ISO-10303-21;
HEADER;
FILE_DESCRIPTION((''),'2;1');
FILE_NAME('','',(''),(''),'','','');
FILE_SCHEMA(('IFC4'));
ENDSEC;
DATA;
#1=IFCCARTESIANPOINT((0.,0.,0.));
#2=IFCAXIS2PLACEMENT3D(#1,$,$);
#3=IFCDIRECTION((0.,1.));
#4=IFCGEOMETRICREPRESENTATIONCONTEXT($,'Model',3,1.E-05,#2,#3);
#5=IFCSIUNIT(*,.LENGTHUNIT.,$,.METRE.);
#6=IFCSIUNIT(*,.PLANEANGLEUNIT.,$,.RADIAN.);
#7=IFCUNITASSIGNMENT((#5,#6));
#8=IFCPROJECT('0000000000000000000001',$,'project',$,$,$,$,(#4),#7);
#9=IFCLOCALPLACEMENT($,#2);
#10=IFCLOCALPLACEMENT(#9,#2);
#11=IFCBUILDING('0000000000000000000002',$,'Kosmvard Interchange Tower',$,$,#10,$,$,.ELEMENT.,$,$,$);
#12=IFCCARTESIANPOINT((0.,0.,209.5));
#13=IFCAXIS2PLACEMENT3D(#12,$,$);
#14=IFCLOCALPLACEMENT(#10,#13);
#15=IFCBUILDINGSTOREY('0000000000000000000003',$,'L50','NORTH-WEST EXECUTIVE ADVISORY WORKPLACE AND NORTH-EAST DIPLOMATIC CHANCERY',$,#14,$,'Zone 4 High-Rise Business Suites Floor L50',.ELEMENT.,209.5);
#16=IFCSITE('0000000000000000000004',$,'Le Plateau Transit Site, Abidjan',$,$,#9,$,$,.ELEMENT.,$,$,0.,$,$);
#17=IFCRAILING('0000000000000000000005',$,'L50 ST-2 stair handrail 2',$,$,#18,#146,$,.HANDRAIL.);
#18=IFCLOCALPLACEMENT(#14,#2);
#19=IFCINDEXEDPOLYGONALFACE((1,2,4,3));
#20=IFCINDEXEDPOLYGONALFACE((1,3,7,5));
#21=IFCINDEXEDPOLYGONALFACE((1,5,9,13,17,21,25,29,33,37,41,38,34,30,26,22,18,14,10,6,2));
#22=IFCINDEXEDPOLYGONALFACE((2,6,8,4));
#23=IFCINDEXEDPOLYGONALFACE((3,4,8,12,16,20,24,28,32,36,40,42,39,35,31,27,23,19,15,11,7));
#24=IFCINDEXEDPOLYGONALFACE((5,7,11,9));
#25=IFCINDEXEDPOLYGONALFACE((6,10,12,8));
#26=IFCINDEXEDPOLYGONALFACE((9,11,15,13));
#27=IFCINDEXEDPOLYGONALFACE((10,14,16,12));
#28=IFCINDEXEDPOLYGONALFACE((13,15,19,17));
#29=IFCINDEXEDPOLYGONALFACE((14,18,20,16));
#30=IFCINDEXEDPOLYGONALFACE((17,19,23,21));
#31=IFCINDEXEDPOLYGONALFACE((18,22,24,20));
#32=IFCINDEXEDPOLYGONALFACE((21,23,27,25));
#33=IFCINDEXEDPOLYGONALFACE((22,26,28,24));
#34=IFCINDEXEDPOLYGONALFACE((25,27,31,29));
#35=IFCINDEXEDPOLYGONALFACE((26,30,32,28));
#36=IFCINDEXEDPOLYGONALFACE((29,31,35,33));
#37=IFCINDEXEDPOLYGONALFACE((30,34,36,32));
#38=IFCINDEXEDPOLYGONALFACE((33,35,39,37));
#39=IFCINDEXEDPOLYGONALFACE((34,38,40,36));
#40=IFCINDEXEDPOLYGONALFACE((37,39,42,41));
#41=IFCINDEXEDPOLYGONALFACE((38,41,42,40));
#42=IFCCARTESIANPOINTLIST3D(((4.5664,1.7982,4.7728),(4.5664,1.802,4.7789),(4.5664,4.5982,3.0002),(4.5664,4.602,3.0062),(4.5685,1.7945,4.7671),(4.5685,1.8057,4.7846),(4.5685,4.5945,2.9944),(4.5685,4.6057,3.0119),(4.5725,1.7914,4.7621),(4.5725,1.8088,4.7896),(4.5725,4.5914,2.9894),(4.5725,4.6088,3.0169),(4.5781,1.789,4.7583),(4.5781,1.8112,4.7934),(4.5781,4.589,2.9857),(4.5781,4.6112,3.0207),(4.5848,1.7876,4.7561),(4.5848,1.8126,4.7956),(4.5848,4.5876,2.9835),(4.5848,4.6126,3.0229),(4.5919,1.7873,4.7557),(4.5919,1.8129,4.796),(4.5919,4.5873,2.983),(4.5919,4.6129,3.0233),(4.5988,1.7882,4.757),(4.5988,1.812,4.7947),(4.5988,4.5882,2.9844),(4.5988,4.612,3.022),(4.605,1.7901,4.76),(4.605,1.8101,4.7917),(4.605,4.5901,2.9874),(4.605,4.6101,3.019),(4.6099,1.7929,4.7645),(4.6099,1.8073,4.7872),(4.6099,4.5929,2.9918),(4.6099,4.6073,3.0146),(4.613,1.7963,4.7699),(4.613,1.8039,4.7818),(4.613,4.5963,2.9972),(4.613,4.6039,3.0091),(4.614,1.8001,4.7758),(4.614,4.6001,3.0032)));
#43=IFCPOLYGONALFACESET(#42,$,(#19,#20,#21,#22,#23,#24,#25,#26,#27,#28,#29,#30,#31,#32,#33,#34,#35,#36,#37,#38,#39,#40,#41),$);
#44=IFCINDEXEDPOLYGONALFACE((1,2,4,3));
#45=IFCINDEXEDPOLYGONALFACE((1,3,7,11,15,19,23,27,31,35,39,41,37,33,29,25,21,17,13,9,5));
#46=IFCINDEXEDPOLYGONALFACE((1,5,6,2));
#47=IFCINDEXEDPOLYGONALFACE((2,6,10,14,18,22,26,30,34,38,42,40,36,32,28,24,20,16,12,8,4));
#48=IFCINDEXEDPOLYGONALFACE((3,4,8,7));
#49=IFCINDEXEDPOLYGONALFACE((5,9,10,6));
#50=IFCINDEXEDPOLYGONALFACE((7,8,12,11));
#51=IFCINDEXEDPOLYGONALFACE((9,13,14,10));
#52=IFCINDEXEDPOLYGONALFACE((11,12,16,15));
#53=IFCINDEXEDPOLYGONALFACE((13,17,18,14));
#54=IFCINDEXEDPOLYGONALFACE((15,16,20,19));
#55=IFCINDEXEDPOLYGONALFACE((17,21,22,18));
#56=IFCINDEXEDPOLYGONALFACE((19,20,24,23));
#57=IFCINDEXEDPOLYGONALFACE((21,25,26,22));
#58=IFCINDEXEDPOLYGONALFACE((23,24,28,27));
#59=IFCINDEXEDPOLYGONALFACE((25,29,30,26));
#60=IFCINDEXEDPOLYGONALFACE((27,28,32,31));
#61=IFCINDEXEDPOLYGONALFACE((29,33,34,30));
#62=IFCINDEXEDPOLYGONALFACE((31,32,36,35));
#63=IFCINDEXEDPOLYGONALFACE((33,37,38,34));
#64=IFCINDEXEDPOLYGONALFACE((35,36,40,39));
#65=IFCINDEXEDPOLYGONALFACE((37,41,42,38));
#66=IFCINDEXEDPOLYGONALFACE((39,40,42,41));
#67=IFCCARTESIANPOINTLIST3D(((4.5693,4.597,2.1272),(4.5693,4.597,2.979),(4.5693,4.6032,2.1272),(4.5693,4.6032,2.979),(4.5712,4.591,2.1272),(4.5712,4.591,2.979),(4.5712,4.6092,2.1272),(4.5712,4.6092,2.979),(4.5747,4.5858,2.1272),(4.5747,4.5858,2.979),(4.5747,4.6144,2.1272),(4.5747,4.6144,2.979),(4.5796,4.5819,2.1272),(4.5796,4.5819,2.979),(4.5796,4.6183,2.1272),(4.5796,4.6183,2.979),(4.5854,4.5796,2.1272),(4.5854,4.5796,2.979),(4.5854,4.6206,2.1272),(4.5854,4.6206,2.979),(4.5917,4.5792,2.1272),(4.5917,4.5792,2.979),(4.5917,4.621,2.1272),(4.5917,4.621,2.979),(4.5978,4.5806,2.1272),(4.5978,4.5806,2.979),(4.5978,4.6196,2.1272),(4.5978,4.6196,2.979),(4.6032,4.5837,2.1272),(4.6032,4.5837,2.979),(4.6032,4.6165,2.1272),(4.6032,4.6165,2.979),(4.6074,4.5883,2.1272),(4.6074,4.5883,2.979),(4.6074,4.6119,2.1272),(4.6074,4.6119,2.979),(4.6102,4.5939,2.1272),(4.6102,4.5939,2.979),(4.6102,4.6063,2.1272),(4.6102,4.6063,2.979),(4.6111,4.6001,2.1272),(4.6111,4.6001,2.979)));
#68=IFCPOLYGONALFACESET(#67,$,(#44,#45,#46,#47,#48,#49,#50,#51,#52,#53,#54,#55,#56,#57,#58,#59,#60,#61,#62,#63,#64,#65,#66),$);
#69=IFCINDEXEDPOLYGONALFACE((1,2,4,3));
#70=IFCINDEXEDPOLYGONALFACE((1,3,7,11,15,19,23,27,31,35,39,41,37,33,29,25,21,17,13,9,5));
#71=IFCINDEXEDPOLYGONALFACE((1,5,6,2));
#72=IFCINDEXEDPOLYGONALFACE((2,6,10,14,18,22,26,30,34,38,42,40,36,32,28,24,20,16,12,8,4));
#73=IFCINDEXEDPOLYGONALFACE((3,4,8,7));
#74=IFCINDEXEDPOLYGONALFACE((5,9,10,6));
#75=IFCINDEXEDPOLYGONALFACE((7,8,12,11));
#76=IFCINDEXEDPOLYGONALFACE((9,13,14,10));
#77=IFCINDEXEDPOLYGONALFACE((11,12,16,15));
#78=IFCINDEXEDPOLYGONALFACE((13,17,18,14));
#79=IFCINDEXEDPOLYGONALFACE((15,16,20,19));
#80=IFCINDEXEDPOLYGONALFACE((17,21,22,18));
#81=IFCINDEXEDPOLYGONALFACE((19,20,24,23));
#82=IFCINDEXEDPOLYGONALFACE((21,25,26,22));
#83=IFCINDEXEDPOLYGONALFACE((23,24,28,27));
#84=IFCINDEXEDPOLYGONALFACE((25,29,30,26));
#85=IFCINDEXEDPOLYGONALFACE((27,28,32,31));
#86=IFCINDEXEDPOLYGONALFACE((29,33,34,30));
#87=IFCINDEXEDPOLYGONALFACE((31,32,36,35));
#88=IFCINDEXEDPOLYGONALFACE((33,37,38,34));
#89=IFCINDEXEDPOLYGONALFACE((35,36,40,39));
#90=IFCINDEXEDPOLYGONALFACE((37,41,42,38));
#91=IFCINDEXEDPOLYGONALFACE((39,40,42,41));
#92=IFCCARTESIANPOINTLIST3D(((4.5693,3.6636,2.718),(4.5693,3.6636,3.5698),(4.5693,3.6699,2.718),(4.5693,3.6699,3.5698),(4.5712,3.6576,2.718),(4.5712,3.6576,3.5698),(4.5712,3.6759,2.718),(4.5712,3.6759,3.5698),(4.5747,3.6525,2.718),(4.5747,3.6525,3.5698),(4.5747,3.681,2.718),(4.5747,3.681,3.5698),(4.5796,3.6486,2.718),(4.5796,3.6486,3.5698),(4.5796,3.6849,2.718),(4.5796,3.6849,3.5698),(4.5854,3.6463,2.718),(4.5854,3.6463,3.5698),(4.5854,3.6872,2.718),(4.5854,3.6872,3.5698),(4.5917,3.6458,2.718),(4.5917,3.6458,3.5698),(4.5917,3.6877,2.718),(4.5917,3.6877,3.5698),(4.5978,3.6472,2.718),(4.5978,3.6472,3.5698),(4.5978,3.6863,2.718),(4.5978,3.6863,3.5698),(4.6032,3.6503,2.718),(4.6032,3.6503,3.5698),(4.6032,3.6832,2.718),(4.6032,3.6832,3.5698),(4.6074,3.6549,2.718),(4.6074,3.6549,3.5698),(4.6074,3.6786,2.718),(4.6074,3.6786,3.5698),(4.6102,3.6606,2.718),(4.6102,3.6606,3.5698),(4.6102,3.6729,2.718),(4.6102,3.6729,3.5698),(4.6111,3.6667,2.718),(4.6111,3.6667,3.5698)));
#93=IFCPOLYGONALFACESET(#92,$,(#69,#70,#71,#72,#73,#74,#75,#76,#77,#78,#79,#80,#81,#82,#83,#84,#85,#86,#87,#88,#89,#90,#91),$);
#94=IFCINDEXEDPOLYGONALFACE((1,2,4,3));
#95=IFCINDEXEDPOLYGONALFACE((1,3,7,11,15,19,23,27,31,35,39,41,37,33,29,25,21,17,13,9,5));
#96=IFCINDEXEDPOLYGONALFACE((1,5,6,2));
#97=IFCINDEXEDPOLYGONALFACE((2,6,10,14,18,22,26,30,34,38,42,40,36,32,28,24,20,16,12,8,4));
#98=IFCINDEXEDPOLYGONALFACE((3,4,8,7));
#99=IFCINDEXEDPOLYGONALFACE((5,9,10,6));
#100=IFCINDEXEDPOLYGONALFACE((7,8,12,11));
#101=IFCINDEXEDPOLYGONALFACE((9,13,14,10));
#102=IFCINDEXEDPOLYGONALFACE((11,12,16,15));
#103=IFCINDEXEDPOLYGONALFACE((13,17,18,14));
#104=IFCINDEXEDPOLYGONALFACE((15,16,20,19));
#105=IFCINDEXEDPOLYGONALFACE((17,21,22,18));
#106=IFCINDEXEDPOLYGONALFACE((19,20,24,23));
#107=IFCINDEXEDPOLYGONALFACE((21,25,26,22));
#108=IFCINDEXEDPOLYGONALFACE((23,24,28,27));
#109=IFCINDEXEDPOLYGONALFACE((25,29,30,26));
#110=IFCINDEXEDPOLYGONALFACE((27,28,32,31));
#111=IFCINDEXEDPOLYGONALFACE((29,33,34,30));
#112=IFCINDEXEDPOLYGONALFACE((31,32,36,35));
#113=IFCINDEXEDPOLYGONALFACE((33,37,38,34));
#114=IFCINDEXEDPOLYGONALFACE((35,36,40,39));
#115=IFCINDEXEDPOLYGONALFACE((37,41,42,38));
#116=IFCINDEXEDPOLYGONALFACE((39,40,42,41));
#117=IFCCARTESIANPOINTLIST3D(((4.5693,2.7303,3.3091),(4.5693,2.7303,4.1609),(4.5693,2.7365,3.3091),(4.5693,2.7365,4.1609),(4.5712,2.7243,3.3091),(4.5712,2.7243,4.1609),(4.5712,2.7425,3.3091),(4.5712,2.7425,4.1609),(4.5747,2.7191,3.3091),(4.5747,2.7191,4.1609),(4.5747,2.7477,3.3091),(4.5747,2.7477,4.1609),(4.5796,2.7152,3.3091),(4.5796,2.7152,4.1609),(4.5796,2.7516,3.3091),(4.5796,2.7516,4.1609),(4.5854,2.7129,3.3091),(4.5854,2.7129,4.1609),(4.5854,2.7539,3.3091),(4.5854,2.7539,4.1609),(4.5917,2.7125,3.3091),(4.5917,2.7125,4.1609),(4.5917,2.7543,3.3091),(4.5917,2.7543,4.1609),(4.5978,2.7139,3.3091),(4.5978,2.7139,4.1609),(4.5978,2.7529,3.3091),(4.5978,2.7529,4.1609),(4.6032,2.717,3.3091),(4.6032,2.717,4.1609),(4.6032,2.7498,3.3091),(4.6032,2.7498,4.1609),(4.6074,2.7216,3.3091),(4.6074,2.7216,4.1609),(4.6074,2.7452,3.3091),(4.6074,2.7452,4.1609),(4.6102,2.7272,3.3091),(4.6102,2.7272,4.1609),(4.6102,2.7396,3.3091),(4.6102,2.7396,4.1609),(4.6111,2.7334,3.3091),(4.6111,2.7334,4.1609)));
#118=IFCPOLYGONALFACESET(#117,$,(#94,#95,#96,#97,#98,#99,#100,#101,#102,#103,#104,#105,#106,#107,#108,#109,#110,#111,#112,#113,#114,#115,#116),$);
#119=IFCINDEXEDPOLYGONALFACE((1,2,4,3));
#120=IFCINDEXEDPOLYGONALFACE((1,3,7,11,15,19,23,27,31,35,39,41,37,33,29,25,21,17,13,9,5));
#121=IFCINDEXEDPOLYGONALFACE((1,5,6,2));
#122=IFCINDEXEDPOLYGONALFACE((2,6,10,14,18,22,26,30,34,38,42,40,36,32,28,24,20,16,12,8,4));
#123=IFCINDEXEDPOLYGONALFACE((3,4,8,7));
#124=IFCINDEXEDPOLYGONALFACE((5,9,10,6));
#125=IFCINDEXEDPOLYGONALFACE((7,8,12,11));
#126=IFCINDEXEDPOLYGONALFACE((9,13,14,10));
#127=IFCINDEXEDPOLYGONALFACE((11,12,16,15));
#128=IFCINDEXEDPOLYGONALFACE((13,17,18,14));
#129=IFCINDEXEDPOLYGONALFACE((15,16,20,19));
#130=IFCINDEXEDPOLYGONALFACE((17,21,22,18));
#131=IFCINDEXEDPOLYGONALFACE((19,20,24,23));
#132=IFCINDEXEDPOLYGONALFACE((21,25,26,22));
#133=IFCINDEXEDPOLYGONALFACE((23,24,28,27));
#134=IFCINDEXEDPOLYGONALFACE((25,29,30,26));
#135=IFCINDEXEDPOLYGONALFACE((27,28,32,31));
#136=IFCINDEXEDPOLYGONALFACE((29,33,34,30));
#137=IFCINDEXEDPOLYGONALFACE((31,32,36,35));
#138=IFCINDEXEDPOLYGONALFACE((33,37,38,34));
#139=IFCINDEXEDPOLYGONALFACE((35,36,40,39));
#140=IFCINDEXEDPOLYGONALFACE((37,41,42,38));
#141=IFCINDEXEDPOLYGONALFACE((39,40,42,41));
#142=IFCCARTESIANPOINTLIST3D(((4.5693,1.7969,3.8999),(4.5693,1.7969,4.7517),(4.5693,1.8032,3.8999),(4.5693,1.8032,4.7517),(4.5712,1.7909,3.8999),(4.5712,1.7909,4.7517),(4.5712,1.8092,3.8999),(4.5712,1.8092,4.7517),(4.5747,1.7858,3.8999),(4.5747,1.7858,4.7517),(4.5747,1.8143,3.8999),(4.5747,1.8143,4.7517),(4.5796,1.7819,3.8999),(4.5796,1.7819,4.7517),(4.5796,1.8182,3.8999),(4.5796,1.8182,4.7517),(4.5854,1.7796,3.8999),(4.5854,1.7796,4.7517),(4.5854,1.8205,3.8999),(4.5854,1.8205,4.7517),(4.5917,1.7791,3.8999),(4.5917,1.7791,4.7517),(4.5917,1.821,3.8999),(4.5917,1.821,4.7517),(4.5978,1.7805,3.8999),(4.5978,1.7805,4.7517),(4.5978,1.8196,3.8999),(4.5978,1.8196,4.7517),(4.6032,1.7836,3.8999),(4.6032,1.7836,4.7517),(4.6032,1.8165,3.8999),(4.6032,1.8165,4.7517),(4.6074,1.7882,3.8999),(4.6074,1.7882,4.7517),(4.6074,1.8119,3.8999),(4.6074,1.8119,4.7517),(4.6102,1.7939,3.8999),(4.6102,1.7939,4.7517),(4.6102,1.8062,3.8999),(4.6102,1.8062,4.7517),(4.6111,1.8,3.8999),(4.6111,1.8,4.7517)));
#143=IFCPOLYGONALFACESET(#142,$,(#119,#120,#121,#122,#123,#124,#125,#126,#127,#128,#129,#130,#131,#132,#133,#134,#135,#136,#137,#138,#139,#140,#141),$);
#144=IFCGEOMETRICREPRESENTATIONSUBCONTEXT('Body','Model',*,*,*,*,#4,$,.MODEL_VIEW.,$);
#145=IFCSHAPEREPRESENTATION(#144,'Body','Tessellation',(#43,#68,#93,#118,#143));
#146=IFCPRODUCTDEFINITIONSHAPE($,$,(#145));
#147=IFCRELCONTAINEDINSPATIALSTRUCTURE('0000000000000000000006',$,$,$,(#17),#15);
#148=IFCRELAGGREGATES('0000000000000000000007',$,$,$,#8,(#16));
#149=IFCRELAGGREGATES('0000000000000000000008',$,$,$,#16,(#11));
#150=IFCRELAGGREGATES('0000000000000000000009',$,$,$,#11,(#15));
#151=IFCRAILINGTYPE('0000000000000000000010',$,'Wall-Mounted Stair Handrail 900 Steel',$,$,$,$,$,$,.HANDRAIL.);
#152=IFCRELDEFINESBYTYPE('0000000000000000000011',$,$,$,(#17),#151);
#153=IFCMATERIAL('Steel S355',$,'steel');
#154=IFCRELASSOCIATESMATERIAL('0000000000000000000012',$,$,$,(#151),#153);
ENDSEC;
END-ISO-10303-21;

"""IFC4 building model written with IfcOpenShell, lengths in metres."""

from ifc_helpers import new_model, si_unit, direction, frame, origin, origin_2d, place, context, subcontext, project, spatial, circle, extrude, source, transform, mapped, material, type_object, element, save


model = new_model("IFC4")

# Units and contexts
model_context = context("Model", 3, precision=1e-05, world=origin(), true_north=direction((0.0, 1.0)))
body_context = subcontext(model_context, "Body", "Model", "MODEL_VIEW")
ifc_project = project(units=[si_unit("LENGTHUNIT", "METRE"), si_unit("PLANEANGLEUNIT", "RADIAN")], contexts=[model_context])

# Site, building, storey
site_placement = place(None, origin())
site = spatial("IfcSite", under=ifc_project, at=site_placement, Name="Le Plateau Transit Site, Abidjan", CompositionType="ELEMENT", RefElevation=0.0)
building_placement = place(site_placement, origin())
building = spatial("IfcBuilding", under=site, at=building_placement, Name="Kosmvard Interchange Tower", CompositionType="ELEMENT")
storey_placement = place(building_placement, frame((0.0, 0.0, 209.5)))
storey = spatial("IfcBuildingStorey", under=building, at=storey_placement, Name="L50", Description="NORTH-WEST EXECUTIVE ADVISORY WORKPLACE AND NORTH-EAST DIPLOMATIC CHANCERY", LongName="Zone 4 High-Rise Business Suites Floor L50", CompositionType="ELEMENT", Elevation=209.5)

# Railing
ifc_material_1 = material(Name="Steel S355", Category="steel")
railing_type_1 = type_object("IfcRailingType", Name="Wall-Mounted Stair Handrail 900 Steel", PredefinedType="HANDRAIL", material=ifc_material_1)
shared_shape_1 = source(origin(), body_context, "Body", "SweptSolid", [
    extrude(circle(Radius=0.0239, at=origin_2d()), frame((0.0, 0.0, 0.876), z_axis=(0.0, -0.844909, 0.53491), x_axis=(1.0, 0.0, 0.0)), (0.0, 0.0, 1.0), 3.314),
    extrude(circle(Radius=0.021, at=origin_2d()), origin(), (0.0, 0.0, 1.0), 0.8518),
    extrude(circle(Radius=0.021, at=origin_2d()), frame((0.0, -0.9333, 0.5908)), (0.0, 0.0, 1.0), 0.8518),
    extrude(circle(Radius=0.021, at=origin_2d()), frame((0.0, -1.8667, 1.1819)), (0.0, 0.0, 1.0), 0.8518),
    extrude(circle(Radius=0.021, at=origin_2d()), frame((0.0, -2.8, 1.7727)), (0.0, 0.0, 1.0), 0.8518),
])
railing_1_placement = place(storey_placement, frame((4.5901, 4.6001, 2.1272)))
element("IfcRailing", 1, at=railing_1_placement, inside=storey, type_object=railing_type_1, Name="L50 ST-2 stair handrail 2", PredefinedType="HANDRAIL", context=body_context, shape_type="MappedRepresentation", body=[
    mapped(shared_shape_1, transform((0.0, 0.0, 0.0), scale=1.0)),
])

save(model, "model.ifc")
